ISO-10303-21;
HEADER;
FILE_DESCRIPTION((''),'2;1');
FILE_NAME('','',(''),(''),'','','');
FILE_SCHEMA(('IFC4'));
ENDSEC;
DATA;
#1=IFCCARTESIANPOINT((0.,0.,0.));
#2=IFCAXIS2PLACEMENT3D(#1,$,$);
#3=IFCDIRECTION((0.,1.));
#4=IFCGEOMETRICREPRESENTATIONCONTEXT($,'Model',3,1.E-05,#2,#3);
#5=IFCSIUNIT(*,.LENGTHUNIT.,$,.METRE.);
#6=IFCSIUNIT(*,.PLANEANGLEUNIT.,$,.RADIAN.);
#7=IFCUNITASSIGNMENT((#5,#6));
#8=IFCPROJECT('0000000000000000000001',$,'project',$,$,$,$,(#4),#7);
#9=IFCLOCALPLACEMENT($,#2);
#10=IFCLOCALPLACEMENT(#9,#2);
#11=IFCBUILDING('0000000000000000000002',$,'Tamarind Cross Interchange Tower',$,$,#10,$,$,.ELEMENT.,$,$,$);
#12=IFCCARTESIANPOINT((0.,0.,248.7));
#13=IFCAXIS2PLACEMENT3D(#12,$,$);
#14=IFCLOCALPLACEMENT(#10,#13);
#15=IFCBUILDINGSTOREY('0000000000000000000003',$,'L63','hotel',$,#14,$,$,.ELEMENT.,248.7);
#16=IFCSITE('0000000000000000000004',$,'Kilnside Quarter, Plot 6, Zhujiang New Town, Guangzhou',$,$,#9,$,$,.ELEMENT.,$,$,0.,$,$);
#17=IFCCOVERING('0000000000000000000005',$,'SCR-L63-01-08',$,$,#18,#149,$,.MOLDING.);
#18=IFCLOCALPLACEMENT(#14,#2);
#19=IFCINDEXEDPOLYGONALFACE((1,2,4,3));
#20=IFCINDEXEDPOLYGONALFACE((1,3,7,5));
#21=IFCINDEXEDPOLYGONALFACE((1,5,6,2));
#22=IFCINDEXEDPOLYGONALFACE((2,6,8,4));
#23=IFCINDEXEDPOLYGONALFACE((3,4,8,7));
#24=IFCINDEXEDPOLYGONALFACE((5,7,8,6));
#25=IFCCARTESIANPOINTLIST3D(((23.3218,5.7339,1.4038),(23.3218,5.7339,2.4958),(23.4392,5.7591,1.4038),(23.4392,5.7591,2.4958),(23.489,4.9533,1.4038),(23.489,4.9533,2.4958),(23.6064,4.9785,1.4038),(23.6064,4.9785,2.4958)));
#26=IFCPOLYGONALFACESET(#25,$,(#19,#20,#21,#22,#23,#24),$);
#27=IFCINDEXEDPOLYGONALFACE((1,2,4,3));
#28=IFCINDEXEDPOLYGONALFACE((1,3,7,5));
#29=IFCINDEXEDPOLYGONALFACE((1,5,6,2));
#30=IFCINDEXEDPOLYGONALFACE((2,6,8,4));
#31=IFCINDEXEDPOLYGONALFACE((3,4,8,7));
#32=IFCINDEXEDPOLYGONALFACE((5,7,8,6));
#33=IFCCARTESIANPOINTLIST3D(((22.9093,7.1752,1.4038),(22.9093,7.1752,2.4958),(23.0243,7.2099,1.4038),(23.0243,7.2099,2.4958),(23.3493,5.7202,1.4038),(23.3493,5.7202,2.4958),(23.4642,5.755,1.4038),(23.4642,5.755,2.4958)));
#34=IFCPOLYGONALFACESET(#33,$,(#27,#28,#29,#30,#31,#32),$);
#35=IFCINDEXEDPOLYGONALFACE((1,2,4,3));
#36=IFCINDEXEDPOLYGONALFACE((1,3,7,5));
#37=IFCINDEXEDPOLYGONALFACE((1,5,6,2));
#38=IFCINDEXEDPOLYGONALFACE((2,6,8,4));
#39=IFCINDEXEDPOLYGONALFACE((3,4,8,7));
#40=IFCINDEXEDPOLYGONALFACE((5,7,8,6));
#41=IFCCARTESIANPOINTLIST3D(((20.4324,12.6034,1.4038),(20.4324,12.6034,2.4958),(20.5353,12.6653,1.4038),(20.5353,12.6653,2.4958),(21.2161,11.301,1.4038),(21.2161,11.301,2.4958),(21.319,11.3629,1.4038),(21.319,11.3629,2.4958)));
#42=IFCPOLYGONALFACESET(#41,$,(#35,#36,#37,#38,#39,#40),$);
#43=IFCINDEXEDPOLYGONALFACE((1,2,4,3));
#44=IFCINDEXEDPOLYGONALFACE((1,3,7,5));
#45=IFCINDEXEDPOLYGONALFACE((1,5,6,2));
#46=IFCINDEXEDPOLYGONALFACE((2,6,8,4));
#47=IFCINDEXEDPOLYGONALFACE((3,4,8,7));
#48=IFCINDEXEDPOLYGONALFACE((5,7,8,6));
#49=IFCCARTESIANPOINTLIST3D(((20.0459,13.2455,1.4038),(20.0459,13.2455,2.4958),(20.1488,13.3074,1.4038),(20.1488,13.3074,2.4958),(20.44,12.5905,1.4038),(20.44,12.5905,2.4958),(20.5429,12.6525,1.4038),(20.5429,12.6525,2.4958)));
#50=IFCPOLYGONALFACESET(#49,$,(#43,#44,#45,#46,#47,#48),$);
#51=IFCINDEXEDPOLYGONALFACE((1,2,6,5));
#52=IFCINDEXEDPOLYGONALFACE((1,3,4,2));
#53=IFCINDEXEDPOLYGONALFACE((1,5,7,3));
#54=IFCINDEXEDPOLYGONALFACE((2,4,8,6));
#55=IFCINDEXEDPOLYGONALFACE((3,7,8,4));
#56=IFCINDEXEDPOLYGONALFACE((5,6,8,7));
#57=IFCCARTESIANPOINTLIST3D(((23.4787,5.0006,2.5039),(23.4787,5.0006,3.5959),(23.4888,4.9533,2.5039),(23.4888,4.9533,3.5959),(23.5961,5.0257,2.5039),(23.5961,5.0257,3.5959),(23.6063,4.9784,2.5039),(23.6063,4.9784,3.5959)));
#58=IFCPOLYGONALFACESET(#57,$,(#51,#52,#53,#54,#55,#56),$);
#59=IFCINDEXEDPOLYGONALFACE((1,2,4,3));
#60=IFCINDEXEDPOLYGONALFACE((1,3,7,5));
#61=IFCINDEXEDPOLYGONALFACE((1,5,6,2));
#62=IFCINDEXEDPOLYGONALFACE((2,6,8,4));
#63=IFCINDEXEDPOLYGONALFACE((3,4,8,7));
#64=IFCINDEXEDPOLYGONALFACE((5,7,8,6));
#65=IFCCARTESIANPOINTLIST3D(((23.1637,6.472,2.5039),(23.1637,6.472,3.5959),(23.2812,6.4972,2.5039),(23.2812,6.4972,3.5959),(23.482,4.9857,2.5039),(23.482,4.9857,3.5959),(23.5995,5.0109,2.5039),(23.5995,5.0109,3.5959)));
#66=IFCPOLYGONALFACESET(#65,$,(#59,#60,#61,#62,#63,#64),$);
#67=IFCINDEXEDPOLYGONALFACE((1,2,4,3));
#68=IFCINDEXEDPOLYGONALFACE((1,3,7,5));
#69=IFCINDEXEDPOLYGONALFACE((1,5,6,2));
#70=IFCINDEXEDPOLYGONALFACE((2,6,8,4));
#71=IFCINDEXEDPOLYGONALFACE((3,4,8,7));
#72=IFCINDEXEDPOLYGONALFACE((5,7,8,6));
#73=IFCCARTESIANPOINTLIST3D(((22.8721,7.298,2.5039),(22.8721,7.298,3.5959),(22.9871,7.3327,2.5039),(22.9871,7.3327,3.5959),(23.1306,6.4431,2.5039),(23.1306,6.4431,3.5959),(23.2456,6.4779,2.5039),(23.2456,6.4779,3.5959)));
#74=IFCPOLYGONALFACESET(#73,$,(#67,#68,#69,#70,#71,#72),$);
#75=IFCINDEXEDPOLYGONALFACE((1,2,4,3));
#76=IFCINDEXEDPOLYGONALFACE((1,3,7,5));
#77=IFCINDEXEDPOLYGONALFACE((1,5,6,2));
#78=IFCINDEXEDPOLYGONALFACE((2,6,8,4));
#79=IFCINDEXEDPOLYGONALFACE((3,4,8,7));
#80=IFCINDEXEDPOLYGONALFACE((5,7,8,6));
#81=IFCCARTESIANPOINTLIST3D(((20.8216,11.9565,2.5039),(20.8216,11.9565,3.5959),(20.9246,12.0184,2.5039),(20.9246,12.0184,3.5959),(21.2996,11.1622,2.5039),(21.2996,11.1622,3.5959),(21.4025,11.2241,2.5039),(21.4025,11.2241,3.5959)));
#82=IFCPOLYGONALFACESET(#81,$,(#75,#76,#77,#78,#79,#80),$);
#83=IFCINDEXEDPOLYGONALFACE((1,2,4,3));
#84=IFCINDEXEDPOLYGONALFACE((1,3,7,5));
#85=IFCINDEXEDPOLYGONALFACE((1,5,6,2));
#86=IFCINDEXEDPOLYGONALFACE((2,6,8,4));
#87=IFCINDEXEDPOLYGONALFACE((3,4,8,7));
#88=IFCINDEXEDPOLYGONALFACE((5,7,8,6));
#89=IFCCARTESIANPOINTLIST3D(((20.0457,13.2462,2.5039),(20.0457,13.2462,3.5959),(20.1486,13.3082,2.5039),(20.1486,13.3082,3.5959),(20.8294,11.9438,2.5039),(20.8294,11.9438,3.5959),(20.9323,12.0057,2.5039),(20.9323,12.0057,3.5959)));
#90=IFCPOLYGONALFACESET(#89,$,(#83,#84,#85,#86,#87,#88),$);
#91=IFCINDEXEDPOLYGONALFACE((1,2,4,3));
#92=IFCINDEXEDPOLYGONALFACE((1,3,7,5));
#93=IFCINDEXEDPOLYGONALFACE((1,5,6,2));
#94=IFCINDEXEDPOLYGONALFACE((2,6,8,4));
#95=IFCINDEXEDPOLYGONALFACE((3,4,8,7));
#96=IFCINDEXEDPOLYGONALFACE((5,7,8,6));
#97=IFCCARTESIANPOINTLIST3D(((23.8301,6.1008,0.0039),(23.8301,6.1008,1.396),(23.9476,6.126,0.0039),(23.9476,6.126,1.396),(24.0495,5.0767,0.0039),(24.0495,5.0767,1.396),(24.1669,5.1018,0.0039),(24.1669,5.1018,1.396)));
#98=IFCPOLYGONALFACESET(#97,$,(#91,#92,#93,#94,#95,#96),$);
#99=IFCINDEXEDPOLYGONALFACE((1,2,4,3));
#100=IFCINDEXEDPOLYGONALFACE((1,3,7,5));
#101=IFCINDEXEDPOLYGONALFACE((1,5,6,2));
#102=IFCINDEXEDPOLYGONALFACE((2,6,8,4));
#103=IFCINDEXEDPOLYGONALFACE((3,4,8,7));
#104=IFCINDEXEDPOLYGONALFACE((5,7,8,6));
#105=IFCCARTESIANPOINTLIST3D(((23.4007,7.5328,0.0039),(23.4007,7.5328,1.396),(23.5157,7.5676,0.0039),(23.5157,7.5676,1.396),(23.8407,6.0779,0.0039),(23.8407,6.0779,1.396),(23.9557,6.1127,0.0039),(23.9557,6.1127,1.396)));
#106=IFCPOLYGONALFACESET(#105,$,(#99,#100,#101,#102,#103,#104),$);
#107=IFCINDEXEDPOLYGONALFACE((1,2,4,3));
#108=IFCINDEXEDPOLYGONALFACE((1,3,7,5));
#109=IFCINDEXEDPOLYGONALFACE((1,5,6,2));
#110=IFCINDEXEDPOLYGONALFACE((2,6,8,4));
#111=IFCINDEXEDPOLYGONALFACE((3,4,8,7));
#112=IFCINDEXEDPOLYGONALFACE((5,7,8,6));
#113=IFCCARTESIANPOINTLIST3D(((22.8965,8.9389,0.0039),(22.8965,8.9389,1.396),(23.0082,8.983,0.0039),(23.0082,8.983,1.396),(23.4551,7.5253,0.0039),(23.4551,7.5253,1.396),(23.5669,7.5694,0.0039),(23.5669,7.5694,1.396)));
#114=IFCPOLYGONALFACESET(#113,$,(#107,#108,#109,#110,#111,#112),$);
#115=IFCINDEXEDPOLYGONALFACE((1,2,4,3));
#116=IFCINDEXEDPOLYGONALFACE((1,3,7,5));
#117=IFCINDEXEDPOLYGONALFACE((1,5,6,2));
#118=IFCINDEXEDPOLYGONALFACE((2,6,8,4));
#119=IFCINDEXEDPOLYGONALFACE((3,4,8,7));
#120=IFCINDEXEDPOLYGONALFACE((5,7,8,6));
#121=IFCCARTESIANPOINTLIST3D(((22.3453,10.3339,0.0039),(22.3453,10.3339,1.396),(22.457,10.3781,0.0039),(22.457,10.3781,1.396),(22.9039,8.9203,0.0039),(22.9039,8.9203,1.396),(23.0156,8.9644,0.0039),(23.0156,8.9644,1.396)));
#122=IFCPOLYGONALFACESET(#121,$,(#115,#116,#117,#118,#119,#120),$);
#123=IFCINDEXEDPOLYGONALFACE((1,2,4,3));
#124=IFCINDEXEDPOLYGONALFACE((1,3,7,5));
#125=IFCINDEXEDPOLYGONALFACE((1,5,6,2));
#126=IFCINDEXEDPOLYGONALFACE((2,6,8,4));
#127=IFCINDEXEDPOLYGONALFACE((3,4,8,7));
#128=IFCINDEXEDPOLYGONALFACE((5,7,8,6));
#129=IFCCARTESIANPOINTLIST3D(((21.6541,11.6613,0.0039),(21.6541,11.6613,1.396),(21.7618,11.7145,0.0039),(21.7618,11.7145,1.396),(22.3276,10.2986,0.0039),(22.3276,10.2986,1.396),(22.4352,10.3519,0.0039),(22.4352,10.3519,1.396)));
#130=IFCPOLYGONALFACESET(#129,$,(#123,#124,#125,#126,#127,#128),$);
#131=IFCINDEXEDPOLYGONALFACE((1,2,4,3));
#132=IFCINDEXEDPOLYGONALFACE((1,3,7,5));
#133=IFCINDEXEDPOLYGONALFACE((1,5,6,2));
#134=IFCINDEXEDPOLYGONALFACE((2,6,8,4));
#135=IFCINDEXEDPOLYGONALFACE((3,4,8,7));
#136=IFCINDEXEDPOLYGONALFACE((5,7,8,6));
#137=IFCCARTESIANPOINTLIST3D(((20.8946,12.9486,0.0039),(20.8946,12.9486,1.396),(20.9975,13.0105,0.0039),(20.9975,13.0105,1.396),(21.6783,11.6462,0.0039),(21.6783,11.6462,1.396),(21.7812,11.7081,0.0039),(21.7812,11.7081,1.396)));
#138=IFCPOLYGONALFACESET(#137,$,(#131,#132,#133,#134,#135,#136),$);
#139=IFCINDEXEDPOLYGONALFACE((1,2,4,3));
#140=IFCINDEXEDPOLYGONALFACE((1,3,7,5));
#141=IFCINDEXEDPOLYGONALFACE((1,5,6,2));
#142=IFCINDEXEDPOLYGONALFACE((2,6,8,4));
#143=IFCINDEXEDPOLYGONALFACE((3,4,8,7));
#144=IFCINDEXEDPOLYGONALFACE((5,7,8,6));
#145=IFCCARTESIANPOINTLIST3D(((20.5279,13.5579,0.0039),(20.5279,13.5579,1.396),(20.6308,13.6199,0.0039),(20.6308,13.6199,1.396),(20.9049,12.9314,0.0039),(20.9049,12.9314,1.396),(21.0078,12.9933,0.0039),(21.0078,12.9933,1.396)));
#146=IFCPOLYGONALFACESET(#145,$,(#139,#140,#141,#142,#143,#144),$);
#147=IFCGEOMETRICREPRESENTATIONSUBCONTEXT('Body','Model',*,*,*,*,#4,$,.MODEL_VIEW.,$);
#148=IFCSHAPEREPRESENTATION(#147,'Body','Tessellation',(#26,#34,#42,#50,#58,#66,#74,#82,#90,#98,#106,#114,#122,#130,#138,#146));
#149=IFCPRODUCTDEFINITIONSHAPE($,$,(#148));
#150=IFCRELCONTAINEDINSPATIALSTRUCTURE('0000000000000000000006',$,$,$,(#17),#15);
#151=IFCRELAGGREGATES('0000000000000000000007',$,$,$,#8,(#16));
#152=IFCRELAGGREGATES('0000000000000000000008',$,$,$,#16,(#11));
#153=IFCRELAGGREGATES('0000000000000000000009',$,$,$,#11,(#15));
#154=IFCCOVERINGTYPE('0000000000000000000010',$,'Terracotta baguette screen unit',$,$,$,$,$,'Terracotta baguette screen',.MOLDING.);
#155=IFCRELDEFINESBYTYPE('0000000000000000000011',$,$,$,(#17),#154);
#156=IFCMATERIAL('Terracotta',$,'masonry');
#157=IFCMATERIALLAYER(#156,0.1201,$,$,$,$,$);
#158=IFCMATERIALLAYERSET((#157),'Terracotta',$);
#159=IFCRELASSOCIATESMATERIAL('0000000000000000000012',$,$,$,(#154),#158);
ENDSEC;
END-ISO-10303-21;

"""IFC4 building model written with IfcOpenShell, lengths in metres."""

from ifc_helpers import new_model, si_unit, direction, frame, origin, origin_2d, place, context, subcontext, project, spatial, rectangle, extrude, material, layer, layer_set, type_object, element, save


model = new_model("IFC4")

# Units and contexts
model_context = context("Model", 3, precision=1e-05, world=origin(), true_north=direction((0.0, 1.0)))
body_context = subcontext(model_context, "Body", "Model", "MODEL_VIEW")
ifc_project = project(units=[si_unit("LENGTHUNIT", "METRE"), si_unit("PLANEANGLEUNIT", "RADIAN")], contexts=[model_context])

# Site, building, storey
site_placement = place(None, origin())
site = spatial("IfcSite", under=ifc_project, at=site_placement, Name="Kilnside Quarter, Plot 6, Zhujiang New Town, Guangzhou", CompositionType="ELEMENT", RefElevation=0.0)
building_placement = place(site_placement, origin())
building = spatial("IfcBuilding", under=site, at=building_placement, Name="Tamarind Cross Interchange Tower", CompositionType="ELEMENT")
storey_placement = place(building_placement, frame((0.0, 0.0, 248.7)))
storey = spatial("IfcBuildingStorey", under=building, at=storey_placement, Name="L63", Description="hotel", CompositionType="ELEMENT", Elevation=248.7)

# Covering
ifc_material_1 = material(Name="Terracotta", Category="masonry")
ifc_layer_1 = layer(ifc_material_1, 0.1201)
ifc_layer_set_1 = layer_set([ifc_layer_1], Name="Terracotta")
covering_type = type_object("IfcCoveringType", Name="Terracotta baguette screen unit", ElementType="Terracotta baguette screen", PredefinedType="MOLDING", material=ifc_layer_set_1)
covering_1_placement = place(storey_placement, origin())
element("IfcCovering", 1, at=covering_1_placement, inside=storey, type_object=covering_type, Name="SCR-L63-01-08", PredefinedType="MOLDING", context=body_context, shape_type="SweptSolid", body=[
    extrude(rectangle(XDim=0.7983, YDim=0.1201, at=origin_2d()), frame((23.4641, 5.3562, 1.4038), z_axis=(0.0, 0.0, 1.0), x_axis=(-0.209425, 0.977825, 0.0)), (0.0, 0.0, 1.0), 1.092),
    extrude(rectangle(XDim=1.52, YDim=0.1201, at=origin_2d()), frame((23.1868, 6.4651, 1.4038), z_axis=(0.0, 0.0, 1.0), x_axis=(-0.289458, 0.957191, 0.0)), (0.0, 0.0, 1.0), 1.092),
    extrude(rectangle(XDim=1.52, YDim=0.1201, at=origin_2d()), frame((20.8757, 11.9832, 1.4038), z_axis=(0.0, 0.0, 1.0), x_axis=(-0.515577, 0.856843, 0.0)), (0.0, 0.0, 1.0), 1.092),
    extrude(rectangle(XDim=0.7644, YDim=0.1201, at=origin_2d()), frame((20.2944, 12.949, 1.4038), z_axis=(0.0, 0.0, 1.0), x_axis=(-0.515577, 0.856843, 0.0)), (0.0, 0.0, 1.0), 1.092),
    extrude(rectangle(XDim=0.0483, YDim=0.1201, at=origin_2d()), frame((23.5425, 4.9895, 2.5039), z_axis=(0.0, 0.0, 1.0), x_axis=(-0.209425, 0.977825, 0.0)), (0.0, 0.0, 1.0), 1.092),
    extrude(rectangle(XDim=1.52, YDim=0.1201, at=origin_2d()), frame((23.3816, 5.7415, 2.5039), z_axis=(0.0, 0.0, 1.0), x_axis=(-0.209425, 0.977825, 0.0)), (0.0, 0.0, 1.0), 1.092),
    extrude(rectangle(XDim=0.8931, YDim=0.1201, at=origin_2d()), frame((23.0588, 6.8879, 2.5039), z_axis=(0.0, 0.0, 1.0), x_axis=(-0.289458, 0.957191, 0.0)), (0.0, 0.0, 1.0), 1.092),
    extrude(rectangle(XDim=0.927, YDim=0.1201, at=origin_2d()), frame((21.1121, 11.5903, 2.5039), z_axis=(0.0, 0.0, 1.0), x_axis=(-0.515577, 0.856843, 0.0)), (0.0, 0.0, 1.0), 1.092),
    extrude(rectangle(XDim=1.52, YDim=0.1201, at=origin_2d()), frame((20.489, 12.626, 2.5039), z_axis=(0.0, 0.0, 1.0), x_axis=(-0.515577, 0.856843, 0.0)), (0.0, 0.0, 1.0), 1.092),
    extrude(rectangle(XDim=1.0474, YDim=0.1201, at=origin_2d()), frame((23.9985, 5.6013, 0.0039), z_axis=(0.0, 0.0, 1.0), x_axis=(-0.209425, 0.977825, 0.0)), (0.0, 0.0, 1.0), 1.3921),
    extrude(rectangle(XDim=1.52, YDim=0.1201, at=origin_2d()), frame((23.6782, 6.8228, 0.0039), z_axis=(0.0, 0.0, 1.0), x_axis=(-0.289458, 0.957191, 0.0)), (0.0, 0.0, 1.0), 1.3921),
    extrude(rectangle(XDim=1.52, YDim=0.1201, at=origin_2d()), frame((23.2317, 8.2542, 0.0039), z_axis=(0.0, 0.0, 1.0), x_axis=(-0.367514, 0.930018, 0.0)), (0.0, 0.0, 1.0), 1.3921),
    extrude(rectangle(XDim=1.52, YDim=0.1201, at=origin_2d()), frame((22.6804, 9.6492, 0.0039), z_axis=(0.0, 0.0, 1.0), x_axis=(-0.367514, 0.930018, 0.0)), (0.0, 0.0, 1.0), 1.3921),
    extrude(rectangle(XDim=1.52, YDim=0.1201, at=origin_2d()), frame((22.0447, 11.0066, 0.0039), z_axis=(0.0, 0.0, 1.0), x_axis=(-0.443059, 0.896493, 0.0)), (0.0, 0.0, 1.0), 1.3921),
    extrude(rectangle(XDim=1.52, YDim=0.1201, at=origin_2d()), frame((21.3379, 12.3284, 0.0039), z_axis=(0.0, 0.0, 1.0), x_axis=(-0.515577, 0.856843, 0.0)), (0.0, 0.0, 1.0), 1.3921),
    extrude(rectangle(XDim=0.7312, YDim=0.1201, at=origin_2d()), frame((20.7678, 13.2756, 0.0039), z_axis=(0.0, 0.0, 1.0), x_axis=(-0.515577, 0.856843, 0.0)), (0.0, 0.0, 1.0), 1.3921),
])

save(model, "model.ifc")
